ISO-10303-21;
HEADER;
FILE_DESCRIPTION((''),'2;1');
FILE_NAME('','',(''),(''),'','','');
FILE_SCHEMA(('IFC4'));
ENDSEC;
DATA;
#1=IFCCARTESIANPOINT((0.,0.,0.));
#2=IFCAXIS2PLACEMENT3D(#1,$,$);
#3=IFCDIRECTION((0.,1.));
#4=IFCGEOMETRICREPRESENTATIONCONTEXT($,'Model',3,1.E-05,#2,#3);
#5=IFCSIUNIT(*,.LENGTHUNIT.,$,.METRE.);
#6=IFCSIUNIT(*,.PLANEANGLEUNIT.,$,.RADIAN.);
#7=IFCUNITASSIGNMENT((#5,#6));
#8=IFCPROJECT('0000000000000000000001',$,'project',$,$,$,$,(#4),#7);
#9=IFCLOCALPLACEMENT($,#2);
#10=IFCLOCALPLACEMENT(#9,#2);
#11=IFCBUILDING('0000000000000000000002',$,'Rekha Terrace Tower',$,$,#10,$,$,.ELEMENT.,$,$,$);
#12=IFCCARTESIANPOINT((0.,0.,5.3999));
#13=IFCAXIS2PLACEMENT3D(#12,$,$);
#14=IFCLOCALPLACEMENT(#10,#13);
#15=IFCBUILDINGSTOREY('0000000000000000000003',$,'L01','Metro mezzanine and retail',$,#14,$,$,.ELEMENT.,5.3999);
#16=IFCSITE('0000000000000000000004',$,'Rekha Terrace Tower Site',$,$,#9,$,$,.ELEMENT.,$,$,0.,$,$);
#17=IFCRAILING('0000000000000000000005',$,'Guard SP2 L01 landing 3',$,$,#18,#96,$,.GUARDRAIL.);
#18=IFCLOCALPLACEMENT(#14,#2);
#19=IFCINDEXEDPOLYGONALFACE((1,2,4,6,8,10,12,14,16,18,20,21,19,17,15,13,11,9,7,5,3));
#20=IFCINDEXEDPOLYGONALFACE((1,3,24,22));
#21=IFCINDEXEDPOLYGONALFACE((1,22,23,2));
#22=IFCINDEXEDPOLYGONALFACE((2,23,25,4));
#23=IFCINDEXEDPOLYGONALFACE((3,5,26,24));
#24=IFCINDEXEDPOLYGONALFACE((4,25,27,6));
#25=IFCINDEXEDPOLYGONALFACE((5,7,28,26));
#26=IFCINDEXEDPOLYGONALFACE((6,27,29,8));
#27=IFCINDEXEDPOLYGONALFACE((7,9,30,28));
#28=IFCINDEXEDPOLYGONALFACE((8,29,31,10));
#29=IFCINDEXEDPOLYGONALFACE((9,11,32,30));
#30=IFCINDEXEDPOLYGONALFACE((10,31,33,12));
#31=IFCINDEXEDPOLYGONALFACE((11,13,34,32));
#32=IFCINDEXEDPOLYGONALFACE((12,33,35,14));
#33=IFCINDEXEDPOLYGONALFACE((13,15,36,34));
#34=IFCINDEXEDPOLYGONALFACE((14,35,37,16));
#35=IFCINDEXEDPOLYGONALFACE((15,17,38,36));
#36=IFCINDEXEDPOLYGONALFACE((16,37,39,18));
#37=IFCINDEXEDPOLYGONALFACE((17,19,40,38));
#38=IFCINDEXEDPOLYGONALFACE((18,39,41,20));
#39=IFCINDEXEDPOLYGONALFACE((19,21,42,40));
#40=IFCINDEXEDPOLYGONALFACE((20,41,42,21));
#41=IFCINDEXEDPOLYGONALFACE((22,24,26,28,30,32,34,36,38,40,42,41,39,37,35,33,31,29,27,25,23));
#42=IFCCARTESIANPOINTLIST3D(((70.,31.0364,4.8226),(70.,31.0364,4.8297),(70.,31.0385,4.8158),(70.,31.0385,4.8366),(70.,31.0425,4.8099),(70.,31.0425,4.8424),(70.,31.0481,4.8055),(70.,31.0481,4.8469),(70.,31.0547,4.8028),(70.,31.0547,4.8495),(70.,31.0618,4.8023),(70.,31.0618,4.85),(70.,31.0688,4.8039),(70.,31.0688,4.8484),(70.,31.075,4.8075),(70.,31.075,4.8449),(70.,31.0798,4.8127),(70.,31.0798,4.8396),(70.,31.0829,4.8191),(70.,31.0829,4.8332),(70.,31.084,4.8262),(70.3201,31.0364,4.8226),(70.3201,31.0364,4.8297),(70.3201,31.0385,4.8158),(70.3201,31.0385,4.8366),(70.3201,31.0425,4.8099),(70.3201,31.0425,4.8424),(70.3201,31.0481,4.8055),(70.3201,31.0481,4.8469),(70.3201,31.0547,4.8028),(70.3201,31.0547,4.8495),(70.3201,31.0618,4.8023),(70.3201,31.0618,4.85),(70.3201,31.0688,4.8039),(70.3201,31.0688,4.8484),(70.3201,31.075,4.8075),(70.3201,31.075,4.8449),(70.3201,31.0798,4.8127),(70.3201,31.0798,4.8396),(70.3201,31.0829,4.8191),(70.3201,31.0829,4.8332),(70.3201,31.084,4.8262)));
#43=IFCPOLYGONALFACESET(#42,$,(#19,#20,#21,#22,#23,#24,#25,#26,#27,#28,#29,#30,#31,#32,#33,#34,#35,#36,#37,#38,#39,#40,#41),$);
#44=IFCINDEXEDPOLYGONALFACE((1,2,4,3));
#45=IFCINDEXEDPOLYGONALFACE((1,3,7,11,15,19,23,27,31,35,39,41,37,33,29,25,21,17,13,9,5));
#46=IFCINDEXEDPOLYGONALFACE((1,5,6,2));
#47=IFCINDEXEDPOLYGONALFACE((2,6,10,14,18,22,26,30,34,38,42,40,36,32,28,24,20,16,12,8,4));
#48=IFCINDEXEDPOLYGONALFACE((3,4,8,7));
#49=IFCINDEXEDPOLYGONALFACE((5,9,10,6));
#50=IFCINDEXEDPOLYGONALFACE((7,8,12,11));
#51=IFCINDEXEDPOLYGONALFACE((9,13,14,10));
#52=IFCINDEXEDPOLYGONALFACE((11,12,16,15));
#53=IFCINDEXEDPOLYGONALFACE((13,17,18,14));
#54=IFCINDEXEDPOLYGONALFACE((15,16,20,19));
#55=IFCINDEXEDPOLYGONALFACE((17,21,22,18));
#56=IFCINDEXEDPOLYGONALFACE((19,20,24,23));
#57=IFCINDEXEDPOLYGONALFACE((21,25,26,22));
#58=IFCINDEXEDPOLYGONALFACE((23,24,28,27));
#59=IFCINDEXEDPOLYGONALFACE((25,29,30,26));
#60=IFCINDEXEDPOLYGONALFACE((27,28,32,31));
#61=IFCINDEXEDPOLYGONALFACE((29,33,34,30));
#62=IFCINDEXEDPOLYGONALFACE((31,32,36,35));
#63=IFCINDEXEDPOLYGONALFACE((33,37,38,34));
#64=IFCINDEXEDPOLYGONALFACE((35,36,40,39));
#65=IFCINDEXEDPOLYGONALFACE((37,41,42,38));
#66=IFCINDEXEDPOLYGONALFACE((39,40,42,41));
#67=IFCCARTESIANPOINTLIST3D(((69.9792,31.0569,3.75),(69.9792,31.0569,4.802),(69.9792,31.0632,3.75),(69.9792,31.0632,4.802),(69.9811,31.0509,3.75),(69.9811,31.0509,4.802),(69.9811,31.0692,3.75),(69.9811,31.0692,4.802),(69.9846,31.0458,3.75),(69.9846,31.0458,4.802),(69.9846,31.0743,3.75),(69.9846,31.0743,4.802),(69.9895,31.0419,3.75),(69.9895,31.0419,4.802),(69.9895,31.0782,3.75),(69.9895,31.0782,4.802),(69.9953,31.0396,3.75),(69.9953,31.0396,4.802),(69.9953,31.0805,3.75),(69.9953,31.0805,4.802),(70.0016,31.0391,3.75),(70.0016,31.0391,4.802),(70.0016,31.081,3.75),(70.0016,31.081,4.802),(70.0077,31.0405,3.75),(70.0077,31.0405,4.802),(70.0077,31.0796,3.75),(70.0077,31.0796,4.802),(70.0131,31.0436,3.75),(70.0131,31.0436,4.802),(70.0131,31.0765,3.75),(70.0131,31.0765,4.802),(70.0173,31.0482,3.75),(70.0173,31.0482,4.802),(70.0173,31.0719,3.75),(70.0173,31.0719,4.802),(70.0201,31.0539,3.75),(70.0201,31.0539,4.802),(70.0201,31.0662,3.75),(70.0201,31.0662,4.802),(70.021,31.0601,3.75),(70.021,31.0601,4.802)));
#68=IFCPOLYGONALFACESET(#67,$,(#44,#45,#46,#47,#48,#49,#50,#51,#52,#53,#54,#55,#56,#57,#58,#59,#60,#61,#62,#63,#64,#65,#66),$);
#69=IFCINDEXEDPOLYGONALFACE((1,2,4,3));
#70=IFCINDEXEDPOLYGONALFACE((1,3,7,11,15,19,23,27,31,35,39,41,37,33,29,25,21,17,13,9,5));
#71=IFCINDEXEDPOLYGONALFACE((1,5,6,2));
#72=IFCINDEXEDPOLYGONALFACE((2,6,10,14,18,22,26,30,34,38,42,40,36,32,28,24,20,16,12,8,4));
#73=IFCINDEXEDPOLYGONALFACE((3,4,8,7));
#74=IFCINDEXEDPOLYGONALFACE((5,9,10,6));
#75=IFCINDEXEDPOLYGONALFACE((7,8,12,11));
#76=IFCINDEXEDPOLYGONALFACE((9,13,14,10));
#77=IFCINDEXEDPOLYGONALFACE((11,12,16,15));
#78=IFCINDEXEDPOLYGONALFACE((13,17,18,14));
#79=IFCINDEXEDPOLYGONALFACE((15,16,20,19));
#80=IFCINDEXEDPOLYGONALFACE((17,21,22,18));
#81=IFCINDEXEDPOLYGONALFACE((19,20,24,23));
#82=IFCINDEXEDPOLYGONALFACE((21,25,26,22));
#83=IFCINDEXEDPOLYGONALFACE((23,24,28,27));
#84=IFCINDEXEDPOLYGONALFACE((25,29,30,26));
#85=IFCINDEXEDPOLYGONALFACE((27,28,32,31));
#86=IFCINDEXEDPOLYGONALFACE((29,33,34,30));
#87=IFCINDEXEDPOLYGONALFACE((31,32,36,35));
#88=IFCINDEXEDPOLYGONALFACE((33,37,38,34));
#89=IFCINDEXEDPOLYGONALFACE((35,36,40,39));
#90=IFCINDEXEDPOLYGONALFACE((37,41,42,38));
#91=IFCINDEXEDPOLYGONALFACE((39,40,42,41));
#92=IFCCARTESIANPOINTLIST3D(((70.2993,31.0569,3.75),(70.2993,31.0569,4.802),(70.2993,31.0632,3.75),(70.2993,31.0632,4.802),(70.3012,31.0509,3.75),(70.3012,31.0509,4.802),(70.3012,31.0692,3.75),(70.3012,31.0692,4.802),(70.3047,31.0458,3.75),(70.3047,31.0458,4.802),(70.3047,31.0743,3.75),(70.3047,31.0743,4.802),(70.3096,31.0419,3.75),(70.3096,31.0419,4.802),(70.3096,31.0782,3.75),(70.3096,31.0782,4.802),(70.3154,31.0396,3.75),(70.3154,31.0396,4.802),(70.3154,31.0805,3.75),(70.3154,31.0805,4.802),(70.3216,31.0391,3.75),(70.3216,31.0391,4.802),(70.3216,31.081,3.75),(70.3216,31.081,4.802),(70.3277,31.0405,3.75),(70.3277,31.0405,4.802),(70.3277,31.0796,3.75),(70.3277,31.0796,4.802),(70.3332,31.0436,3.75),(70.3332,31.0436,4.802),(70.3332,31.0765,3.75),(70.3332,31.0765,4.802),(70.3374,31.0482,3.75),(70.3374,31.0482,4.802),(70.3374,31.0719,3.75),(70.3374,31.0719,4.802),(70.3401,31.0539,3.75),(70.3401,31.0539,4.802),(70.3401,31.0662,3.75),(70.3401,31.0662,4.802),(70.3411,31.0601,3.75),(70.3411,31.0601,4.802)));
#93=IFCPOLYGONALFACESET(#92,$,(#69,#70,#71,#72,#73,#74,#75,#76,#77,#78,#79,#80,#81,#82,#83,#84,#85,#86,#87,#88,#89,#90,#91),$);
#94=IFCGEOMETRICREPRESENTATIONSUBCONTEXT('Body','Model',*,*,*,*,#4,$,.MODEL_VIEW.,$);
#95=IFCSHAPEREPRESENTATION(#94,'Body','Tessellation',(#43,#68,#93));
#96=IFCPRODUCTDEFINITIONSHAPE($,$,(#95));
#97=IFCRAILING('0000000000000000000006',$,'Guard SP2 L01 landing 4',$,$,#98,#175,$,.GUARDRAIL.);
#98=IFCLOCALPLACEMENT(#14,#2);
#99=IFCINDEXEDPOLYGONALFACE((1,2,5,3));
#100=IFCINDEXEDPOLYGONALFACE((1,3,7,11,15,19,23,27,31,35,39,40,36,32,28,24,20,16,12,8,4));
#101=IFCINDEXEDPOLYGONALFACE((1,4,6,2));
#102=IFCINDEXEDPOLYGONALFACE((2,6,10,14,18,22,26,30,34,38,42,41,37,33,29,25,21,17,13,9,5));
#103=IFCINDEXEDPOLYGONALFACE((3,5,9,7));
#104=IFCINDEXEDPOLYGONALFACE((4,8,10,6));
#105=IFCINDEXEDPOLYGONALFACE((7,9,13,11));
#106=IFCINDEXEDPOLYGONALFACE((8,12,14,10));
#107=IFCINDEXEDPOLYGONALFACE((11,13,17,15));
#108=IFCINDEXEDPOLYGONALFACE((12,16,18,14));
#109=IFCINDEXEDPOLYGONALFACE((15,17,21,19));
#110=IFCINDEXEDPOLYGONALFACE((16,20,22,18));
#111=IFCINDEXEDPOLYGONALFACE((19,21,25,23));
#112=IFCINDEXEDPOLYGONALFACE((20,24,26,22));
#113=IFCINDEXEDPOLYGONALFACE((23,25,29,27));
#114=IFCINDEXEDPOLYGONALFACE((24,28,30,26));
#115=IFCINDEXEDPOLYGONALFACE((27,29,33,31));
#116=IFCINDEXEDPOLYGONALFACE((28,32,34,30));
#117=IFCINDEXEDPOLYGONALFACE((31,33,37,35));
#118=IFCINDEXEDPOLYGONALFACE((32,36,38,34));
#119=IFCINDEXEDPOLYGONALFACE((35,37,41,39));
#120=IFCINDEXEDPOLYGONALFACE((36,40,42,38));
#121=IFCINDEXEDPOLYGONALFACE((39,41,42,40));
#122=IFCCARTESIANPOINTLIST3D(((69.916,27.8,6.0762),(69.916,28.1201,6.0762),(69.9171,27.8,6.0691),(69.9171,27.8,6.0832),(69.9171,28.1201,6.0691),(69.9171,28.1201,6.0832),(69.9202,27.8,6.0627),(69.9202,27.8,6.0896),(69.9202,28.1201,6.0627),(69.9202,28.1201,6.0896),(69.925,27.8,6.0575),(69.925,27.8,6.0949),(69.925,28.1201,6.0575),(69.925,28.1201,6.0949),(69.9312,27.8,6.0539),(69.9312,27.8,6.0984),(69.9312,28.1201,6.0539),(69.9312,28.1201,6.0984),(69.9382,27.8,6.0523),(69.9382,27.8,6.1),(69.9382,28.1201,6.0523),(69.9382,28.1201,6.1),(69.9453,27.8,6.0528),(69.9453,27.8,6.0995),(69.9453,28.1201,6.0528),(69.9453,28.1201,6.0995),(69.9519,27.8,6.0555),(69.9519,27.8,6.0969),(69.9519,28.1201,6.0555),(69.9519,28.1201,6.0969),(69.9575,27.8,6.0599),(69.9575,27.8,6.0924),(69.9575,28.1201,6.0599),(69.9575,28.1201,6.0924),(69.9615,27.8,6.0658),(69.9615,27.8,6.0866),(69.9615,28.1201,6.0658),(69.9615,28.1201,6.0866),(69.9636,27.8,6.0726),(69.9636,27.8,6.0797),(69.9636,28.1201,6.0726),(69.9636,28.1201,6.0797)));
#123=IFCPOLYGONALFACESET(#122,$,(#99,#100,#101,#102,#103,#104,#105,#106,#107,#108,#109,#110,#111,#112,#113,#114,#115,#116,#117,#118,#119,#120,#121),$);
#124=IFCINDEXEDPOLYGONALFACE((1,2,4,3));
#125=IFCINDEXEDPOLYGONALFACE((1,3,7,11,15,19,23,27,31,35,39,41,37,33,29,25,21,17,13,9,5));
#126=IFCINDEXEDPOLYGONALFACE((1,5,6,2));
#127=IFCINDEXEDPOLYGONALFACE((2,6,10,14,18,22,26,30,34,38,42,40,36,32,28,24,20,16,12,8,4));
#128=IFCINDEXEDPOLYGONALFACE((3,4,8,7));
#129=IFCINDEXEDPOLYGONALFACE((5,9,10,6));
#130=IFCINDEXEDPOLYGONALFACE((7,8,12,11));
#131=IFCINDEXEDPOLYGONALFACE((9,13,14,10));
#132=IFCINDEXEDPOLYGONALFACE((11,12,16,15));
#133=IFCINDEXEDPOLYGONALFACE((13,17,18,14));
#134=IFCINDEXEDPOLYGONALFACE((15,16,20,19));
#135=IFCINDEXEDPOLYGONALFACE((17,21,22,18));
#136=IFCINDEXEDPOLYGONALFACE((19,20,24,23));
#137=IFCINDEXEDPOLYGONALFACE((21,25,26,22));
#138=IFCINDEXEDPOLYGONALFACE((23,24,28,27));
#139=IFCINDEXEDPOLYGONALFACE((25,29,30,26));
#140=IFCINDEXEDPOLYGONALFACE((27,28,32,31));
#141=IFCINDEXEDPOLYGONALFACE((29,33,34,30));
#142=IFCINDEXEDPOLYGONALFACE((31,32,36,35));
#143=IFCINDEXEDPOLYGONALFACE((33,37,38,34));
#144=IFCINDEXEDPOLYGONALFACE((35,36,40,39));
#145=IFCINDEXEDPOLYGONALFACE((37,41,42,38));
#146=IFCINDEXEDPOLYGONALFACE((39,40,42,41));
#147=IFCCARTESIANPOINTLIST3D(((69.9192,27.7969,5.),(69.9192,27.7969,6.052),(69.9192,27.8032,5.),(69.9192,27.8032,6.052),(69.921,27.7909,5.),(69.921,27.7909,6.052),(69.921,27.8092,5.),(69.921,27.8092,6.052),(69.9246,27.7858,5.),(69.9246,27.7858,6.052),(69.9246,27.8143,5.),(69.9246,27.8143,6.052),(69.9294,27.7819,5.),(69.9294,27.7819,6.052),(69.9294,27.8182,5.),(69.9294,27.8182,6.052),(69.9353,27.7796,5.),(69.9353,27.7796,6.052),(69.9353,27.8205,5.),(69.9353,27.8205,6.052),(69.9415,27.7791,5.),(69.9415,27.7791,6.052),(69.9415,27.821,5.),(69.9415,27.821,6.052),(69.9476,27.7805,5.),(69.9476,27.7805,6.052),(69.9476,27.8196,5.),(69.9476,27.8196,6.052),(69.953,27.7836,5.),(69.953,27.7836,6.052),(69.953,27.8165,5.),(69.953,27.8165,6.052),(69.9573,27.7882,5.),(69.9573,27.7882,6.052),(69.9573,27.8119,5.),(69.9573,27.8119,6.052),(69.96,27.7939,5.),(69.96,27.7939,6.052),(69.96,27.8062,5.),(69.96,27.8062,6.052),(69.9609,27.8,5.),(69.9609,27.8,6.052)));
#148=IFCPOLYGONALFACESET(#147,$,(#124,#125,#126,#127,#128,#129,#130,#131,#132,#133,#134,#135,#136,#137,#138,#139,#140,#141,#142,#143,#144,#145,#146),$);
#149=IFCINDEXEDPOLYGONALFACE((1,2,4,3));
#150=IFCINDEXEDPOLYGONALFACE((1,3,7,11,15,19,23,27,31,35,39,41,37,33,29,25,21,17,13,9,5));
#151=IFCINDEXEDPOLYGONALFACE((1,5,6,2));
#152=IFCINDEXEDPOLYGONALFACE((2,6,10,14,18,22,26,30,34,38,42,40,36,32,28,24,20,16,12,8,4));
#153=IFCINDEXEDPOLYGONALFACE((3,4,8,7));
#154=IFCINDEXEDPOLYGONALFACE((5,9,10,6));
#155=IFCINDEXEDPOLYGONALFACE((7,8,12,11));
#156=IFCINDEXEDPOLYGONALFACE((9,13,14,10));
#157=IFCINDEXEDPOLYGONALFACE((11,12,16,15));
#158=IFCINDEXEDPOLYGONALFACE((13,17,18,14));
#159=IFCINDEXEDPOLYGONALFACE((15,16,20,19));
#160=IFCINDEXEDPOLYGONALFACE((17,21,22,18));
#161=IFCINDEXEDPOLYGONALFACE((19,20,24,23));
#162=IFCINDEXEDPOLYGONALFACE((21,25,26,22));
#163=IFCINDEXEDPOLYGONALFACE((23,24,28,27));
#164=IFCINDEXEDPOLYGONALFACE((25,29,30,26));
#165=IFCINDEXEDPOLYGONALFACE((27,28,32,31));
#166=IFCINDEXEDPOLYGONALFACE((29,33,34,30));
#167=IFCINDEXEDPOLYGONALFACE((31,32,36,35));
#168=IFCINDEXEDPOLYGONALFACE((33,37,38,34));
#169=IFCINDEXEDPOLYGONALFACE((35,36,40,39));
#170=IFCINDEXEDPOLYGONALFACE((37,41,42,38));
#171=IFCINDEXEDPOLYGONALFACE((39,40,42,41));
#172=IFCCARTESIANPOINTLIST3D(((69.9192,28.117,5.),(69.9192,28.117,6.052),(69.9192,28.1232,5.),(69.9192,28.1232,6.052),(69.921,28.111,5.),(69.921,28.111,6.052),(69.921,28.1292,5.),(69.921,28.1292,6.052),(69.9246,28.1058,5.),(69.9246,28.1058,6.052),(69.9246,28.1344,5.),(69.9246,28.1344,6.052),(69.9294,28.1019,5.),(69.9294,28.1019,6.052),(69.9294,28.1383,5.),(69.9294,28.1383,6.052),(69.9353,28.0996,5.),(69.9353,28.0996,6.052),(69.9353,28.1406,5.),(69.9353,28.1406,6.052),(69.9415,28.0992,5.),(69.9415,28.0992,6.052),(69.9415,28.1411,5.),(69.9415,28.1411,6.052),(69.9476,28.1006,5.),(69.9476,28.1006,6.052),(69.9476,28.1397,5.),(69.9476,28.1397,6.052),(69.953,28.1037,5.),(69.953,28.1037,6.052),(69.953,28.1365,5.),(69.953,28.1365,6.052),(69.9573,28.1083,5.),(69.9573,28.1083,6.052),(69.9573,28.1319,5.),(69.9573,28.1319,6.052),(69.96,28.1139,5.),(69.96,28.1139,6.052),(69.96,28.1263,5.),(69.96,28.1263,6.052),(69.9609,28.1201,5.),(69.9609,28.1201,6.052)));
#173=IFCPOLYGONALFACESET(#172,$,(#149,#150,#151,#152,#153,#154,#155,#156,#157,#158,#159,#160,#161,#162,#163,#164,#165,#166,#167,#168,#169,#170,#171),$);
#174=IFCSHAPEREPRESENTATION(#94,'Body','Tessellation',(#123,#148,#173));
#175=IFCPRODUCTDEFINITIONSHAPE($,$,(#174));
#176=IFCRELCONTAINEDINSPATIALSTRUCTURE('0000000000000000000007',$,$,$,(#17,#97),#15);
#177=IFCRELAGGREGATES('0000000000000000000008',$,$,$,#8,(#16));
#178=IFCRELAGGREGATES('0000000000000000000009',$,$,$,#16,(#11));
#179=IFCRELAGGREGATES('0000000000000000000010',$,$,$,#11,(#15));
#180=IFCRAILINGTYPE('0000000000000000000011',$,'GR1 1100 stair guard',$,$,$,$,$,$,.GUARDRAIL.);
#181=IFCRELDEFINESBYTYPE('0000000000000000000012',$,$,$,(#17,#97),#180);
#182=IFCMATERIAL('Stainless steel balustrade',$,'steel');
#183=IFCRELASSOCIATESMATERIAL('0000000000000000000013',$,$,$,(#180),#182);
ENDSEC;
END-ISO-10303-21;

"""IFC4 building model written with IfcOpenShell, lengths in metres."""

from ifc_helpers import new_model, si_unit, direction, frame, origin, origin_2d, place, context, subcontext, project, spatial, circle, extrude, material, type_object, element, save


model = new_model("IFC4")

# Units and contexts
model_context = context("Model", 3, precision=1e-05, world=origin(), true_north=direction((0.0, 1.0)))
body_context = subcontext(model_context, "Body", "Model", "MODEL_VIEW")
ifc_project = project(units=[si_unit("LENGTHUNIT", "METRE"), si_unit("PLANEANGLEUNIT", "RADIAN")], contexts=[model_context])

# Site, building, storey
site_placement = place(None, origin())
site = spatial("IfcSite", under=ifc_project, at=site_placement, Name="Rekha Terrace Tower Site", CompositionType="ELEMENT", RefElevation=0.0)
building_placement = place(site_placement, origin())
building = spatial("IfcBuilding", under=site, at=building_placement, Name="Rekha Terrace Tower", CompositionType="ELEMENT")
storey_placement = place(building_placement, frame((0.0, 0.0, 5.3999)))
storey = spatial("IfcBuildingStorey", under=building, at=storey_placement, Name="L01", Description="Metro mezzanine and retail", CompositionType="ELEMENT", Elevation=5.3999)

# Railings
ifc_material_1 = material(Name="Stainless steel balustrade", Category="steel")
railing_type_1 = type_object("IfcRailingType", Name="GR1 1100 stair guard", PredefinedType="GUARDRAIL", material=ifc_material_1)
railing_1_placement = place(storey_placement, frame((70.0, 31.0601, 3.75)))
element("IfcRailing", 1, at=railing_1_placement, inside=storey, type_object=railing_type_1, Name="Guard SP2 L01 landing 3", PredefinedType="GUARDRAIL", context=body_context, shape_type="SweptSolid", body=[
    extrude(circle(Radius=0.0239, at=origin_2d()), frame((0.0, 0.0, 1.0762), z_axis=(1.0, 0.0, 0.0), x_axis=(0.0, 1.0, 0.0)), (0.0, 0.0, 1.0), 0.3201),
    extrude(circle(Radius=0.021, at=origin_2d()), origin(), (0.0, 0.0, 1.0), 1.052),
    extrude(circle(Radius=0.021, at=origin_2d()), frame((0.3201, 0.0, 0.0)), (0.0, 0.0, 1.0), 1.052),
])
railing_2_placement = place(storey_placement, frame((69.9399, 27.8, 5.0)))
element("IfcRailing", 2, at=railing_2_placement, inside=storey, type_object=railing_type_1, Name="Guard SP2 L01 landing 4", PredefinedType="GUARDRAIL", context=body_context, shape_type="SweptSolid", body=[
    extrude(circle(Radius=0.0239, at=origin_2d()), frame((0.0, 0.0, 1.0762), z_axis=(0.0, 1.0, 0.0), x_axis=(-1.0, 0.0, 0.0)), (0.0, 0.0, 1.0), 0.3201),
    extrude(circle(Radius=0.021, at=origin_2d()), origin(), (0.0, 0.0, 1.0), 1.052),
    extrude(circle(Radius=0.021, at=origin_2d()), frame((0.0, 0.3201, 0.0)), (0.0, 0.0, 1.0), 1.052),
])

save(model, "model.ifc")
